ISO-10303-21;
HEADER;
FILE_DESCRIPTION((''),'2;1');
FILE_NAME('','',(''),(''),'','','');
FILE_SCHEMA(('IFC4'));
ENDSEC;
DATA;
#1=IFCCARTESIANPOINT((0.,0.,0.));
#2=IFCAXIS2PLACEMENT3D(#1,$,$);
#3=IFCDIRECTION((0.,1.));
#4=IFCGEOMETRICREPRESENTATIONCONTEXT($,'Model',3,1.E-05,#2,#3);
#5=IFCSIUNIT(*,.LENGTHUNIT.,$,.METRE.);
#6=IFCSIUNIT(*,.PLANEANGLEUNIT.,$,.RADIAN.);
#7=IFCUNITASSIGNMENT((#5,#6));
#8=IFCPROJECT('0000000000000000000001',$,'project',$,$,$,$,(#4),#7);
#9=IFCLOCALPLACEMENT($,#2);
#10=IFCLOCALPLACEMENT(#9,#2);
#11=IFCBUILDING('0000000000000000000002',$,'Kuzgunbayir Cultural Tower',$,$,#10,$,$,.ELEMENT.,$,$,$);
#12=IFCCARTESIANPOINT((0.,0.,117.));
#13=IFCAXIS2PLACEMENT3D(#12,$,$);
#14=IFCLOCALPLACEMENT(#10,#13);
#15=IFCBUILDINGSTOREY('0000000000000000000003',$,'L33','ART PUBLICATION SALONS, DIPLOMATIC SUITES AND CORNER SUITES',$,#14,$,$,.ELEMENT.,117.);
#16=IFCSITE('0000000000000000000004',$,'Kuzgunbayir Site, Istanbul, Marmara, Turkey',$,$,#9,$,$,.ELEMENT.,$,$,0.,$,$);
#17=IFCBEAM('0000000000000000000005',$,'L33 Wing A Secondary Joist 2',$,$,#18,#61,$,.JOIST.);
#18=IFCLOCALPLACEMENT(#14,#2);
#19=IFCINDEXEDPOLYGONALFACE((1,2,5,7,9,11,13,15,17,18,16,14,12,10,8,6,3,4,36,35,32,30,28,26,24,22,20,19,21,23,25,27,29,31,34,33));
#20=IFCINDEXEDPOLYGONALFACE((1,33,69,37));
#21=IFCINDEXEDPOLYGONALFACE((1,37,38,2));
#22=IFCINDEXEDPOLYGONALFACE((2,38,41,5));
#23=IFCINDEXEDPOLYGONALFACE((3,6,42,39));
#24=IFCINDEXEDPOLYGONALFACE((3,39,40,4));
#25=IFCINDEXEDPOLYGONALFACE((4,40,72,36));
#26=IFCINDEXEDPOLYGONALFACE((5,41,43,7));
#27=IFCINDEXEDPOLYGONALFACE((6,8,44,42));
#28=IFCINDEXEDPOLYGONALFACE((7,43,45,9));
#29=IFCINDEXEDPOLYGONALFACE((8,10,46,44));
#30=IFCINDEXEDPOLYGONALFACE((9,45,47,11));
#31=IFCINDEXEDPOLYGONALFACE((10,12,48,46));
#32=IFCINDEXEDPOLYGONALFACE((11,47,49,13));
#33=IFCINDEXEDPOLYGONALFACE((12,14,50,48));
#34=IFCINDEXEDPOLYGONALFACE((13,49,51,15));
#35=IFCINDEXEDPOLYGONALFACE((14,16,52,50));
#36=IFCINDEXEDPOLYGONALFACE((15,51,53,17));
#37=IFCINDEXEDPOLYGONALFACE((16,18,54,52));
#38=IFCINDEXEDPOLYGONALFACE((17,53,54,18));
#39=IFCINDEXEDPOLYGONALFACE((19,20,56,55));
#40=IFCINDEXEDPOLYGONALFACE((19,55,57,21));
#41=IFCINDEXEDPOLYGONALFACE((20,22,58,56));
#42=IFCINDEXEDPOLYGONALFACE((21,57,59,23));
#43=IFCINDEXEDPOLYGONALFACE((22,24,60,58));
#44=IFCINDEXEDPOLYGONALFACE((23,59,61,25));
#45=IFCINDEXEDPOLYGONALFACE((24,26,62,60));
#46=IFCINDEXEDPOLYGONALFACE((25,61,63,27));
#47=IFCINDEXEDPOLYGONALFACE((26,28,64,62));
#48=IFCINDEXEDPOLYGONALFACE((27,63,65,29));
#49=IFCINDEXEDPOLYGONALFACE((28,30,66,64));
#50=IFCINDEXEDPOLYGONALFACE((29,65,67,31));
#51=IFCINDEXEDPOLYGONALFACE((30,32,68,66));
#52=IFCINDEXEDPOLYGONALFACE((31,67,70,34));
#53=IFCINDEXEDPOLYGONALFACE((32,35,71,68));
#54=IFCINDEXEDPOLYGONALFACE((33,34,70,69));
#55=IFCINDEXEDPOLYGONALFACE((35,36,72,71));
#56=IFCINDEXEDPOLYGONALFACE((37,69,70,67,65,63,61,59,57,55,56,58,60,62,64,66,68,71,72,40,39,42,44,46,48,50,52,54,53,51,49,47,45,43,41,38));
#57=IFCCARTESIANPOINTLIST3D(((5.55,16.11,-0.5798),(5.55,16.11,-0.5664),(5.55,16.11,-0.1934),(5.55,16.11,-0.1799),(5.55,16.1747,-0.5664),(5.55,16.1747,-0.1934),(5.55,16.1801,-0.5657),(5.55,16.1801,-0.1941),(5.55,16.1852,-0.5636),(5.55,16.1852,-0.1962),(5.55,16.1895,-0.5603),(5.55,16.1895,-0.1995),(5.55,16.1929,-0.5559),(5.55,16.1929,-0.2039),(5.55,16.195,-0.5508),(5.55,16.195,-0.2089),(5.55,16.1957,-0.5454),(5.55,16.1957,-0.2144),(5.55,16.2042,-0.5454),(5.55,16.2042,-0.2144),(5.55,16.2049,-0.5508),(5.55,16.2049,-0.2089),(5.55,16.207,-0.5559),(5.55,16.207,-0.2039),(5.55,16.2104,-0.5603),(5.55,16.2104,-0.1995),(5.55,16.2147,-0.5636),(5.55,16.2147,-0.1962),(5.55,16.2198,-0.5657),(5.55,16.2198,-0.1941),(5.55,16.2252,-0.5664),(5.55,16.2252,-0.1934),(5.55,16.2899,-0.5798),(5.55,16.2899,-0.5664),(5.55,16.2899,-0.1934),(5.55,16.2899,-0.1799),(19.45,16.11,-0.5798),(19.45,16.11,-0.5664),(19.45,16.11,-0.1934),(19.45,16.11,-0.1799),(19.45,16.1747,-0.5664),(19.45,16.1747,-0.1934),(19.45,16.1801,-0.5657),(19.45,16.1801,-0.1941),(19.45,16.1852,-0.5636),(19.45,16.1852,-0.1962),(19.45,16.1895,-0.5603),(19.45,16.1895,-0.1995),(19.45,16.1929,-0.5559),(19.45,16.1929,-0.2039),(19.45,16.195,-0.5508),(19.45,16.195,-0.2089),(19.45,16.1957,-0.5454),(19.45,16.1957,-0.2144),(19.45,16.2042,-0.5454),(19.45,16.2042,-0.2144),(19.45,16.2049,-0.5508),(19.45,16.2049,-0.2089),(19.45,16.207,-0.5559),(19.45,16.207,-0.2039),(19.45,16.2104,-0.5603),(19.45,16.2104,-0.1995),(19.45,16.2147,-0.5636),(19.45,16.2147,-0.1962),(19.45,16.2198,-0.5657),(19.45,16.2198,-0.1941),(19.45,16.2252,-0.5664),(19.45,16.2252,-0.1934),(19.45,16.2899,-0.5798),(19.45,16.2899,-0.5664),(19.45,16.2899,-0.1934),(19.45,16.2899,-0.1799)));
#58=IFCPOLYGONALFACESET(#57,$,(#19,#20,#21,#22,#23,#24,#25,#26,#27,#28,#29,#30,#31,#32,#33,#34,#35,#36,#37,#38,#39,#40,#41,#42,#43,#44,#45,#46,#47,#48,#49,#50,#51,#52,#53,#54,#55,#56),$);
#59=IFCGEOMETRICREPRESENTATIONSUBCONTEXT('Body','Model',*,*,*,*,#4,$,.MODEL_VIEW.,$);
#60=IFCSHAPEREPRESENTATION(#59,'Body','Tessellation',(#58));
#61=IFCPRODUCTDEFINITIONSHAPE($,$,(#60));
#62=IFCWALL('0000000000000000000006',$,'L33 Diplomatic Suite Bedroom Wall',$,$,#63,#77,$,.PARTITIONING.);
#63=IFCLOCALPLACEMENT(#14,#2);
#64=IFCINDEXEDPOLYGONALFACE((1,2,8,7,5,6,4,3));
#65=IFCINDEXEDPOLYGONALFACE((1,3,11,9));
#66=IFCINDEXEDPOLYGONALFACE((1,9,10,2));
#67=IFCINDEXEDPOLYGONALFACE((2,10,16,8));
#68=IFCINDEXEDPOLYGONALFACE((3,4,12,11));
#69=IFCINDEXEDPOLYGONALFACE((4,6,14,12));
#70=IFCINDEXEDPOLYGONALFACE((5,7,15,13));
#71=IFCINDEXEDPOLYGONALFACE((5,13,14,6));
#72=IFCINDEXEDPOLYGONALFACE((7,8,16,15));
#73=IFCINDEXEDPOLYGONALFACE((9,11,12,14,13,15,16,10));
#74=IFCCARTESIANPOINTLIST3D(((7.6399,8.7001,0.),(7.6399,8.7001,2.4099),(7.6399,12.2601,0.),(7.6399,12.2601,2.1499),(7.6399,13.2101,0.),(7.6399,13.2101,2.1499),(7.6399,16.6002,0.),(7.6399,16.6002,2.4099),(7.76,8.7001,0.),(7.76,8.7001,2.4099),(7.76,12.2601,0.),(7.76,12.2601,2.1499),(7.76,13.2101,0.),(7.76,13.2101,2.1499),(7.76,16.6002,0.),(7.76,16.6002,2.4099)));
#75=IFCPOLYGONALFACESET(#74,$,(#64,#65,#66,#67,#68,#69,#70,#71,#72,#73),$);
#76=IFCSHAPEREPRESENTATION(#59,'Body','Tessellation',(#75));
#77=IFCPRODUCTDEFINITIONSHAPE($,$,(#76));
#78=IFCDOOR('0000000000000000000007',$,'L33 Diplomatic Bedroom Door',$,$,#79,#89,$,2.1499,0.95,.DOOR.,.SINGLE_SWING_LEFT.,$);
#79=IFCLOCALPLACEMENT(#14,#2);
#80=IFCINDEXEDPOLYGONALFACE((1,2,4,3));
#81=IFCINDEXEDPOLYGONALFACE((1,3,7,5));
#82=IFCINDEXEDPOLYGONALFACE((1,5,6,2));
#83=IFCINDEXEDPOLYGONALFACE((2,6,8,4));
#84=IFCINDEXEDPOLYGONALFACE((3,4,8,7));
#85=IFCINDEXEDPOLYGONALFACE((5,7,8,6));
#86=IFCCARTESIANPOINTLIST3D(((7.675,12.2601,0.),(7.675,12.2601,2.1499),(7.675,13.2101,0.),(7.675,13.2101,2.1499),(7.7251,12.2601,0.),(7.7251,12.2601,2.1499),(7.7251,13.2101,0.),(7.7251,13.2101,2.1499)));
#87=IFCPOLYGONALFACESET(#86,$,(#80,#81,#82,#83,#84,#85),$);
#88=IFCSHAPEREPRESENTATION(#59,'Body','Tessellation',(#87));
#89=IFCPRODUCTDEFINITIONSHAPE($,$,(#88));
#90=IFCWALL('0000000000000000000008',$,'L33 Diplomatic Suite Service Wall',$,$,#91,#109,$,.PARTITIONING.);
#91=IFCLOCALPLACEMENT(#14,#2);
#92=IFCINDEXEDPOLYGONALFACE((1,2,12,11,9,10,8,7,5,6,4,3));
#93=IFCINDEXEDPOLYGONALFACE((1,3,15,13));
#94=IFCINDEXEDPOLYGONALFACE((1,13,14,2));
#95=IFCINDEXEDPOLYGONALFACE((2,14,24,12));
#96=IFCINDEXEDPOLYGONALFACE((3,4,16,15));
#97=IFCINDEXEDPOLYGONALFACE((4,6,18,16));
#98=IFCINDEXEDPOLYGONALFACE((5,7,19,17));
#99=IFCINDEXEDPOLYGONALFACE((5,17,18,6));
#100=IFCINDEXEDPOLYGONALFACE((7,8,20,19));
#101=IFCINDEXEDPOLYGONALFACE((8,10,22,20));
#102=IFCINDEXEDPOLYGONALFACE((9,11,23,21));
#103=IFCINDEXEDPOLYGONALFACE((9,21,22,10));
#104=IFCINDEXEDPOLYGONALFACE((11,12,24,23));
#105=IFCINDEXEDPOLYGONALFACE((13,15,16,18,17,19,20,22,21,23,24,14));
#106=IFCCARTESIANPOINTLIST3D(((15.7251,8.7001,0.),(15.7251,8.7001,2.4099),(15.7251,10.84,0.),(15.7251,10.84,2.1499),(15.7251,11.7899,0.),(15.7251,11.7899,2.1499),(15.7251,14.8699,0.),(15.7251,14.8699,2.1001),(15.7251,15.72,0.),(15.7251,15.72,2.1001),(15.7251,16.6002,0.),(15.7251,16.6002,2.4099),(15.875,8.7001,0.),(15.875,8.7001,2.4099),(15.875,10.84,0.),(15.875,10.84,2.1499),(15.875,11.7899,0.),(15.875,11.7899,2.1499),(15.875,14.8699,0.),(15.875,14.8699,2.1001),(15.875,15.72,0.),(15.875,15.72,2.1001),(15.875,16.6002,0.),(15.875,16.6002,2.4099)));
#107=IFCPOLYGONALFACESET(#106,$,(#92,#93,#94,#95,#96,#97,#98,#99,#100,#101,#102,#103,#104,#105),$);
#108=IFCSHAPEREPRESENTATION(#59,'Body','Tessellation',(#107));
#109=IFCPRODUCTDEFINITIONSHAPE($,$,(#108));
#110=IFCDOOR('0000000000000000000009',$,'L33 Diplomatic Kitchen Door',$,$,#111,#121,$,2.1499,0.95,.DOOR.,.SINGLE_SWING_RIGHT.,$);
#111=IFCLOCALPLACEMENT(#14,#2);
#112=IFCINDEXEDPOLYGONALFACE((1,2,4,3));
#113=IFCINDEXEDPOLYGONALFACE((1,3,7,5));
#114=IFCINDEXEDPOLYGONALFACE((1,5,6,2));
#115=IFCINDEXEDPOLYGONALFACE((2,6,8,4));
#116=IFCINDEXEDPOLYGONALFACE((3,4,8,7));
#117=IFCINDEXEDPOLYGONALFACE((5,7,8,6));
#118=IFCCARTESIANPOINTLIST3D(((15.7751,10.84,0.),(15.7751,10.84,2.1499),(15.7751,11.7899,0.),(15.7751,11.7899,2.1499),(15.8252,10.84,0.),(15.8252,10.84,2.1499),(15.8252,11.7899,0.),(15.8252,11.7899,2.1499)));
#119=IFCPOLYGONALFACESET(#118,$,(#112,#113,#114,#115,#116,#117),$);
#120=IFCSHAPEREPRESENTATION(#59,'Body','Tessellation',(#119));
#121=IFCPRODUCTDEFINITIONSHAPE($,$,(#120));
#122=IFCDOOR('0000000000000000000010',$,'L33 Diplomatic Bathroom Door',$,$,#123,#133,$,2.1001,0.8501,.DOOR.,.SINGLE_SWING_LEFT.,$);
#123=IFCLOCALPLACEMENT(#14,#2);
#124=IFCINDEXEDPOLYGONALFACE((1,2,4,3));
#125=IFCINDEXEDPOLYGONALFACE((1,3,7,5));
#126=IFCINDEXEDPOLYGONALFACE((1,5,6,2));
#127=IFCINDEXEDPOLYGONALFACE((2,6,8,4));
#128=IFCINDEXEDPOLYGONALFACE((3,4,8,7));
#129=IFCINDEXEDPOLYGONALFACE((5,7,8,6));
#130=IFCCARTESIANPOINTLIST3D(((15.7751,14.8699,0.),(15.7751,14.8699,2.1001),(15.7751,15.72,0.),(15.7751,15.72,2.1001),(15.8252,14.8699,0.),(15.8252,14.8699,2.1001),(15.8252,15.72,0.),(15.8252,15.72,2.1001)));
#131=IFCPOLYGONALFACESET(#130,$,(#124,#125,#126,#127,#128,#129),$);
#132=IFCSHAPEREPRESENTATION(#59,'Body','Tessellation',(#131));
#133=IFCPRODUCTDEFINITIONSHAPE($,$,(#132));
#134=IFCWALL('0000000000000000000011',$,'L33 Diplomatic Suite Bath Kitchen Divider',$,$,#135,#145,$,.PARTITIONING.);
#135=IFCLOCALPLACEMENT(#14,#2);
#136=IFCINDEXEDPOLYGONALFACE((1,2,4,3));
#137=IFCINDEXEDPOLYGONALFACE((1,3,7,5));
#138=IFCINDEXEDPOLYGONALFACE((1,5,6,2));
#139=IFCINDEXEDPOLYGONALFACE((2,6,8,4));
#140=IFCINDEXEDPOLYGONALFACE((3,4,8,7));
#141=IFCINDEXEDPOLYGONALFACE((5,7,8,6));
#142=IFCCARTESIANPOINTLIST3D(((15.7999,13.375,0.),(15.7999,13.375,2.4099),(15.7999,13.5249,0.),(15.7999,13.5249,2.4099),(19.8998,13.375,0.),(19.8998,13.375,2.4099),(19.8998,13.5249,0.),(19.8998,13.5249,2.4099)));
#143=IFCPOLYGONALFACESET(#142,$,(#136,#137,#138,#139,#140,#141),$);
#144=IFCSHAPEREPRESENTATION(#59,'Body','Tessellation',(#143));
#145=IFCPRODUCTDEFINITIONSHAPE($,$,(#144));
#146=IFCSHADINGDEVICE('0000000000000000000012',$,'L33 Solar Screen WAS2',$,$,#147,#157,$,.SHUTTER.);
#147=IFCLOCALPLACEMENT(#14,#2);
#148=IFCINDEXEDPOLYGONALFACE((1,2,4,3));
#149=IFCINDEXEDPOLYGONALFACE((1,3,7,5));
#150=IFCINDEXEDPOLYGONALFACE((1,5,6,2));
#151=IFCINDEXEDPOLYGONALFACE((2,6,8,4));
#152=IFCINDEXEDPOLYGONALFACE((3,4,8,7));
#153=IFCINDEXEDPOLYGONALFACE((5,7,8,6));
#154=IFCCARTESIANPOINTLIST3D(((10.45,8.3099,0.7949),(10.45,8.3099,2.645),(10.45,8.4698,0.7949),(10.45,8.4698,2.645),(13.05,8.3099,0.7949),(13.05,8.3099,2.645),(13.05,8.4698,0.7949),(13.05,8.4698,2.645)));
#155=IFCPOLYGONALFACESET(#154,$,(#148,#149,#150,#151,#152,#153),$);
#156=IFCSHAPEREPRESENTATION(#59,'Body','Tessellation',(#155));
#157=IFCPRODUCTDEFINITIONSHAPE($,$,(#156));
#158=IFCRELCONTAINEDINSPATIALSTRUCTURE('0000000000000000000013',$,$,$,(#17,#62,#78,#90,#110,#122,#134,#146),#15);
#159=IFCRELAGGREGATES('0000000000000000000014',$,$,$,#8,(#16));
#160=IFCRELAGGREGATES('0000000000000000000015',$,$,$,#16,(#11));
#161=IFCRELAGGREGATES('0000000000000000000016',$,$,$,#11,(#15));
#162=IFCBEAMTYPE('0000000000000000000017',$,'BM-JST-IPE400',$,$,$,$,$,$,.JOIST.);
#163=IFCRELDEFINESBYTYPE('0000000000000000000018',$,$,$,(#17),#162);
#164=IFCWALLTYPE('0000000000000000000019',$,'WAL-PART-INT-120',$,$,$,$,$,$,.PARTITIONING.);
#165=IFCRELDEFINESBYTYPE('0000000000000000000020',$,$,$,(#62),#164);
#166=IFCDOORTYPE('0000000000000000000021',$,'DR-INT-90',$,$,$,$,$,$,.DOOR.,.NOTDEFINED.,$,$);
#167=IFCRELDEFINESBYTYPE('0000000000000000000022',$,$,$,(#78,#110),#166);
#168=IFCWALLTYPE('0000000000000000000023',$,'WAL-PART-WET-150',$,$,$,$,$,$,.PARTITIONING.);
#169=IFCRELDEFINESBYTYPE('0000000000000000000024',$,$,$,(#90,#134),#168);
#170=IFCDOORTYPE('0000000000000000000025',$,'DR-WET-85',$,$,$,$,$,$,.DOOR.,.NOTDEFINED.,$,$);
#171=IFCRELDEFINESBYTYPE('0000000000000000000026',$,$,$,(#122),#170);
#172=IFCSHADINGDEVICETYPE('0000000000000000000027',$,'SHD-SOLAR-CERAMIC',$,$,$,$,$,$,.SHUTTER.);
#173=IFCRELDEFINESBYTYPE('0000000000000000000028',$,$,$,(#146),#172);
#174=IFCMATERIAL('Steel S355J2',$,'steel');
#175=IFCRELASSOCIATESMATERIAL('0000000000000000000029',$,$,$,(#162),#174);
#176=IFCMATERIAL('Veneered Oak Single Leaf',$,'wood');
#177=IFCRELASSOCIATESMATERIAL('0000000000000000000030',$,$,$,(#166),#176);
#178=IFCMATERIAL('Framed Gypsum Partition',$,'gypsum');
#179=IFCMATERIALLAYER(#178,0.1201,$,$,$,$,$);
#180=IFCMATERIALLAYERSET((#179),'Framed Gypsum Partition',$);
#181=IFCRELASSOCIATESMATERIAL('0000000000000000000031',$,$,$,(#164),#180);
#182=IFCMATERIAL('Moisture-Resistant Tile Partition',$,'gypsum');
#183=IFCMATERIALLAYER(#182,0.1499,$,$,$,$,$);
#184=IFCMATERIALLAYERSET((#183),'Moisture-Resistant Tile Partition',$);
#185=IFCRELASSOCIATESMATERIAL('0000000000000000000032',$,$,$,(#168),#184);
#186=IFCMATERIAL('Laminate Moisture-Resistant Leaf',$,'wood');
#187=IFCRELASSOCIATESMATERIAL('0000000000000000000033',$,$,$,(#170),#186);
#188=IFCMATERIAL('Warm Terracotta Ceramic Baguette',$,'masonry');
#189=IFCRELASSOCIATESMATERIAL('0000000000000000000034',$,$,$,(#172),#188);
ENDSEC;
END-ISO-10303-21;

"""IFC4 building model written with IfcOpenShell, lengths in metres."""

from ifc_helpers import new_model, si_unit, direction, frame, frame_2d, origin, origin_2d, place, context, subcontext, project, spatial, rectangle, i_section, extrude, material, layer, layer_set, material_profile, profile_set, type_object, element, fill, save


model = new_model("IFC4")

# Units and contexts
model_context = context("Model", 3, precision=1e-05, world=origin(), true_north=direction((0.0, 1.0)))
body_context = subcontext(model_context, "Body", "Model", "MODEL_VIEW")
ifc_project = project(units=[si_unit("LENGTHUNIT", "METRE"), si_unit("PLANEANGLEUNIT", "RADIAN")], contexts=[model_context])

# Site, building, storey
site_placement = place(None, origin())
site = spatial("IfcSite", under=ifc_project, at=site_placement, Name="Kuzgunbayir Site, Istanbul, Marmara, Turkey", CompositionType="ELEMENT", RefElevation=0.0)
building_placement = place(site_placement, origin())
building = spatial("IfcBuilding", under=site, at=building_placement, Name="Kuzgunbayir Cultural Tower", CompositionType="ELEMENT")
storey_placement = place(building_placement, frame((0.0, 0.0, 117.0)))
storey = spatial("IfcBuildingStorey", under=building, at=storey_placement, Name="L33", Description="ART PUBLICATION SALONS, DIPLOMATIC SUITES AND CORNER SUITES", CompositionType="ELEMENT", Elevation=117.0)

# Beam
ifc_material_1 = material(Name="Steel S355J2", Category="steel")
ifc_material_profile_1 = material_profile(ifc_material_1, i_section(OverallWidth=0.1799, OverallDepth=0.3999, WebThickness=0.0085, FlangeThickness=0.0134, FilletRadius=0.021, at=origin_2d()), Name="IPE 400")
ifc_profile_set_1 = profile_set([ifc_material_profile_1], Name="Steel S355J2")
beam_type_1 = type_object("IfcBeamType", Name="BM-JST-IPE400", PredefinedType="JOIST", material=ifc_profile_set_1)
for number, where, z_axis, x_axis, name in (
    (1, (5.55, 16.2, -0.3799), (1.0, 0.0, 0.0), (0.0, 1.0, 0.0), "L33 Wing A Secondary Joist 2"),
):
    element("IfcBeam", number, at=place(storey_placement, frame(where, z_axis=z_axis, x_axis=x_axis)), inside=storey, type_object=beam_type_1, Name=name, PredefinedType="JOIST", context=body_context, shape_type="SweptSolid", body=[
        extrude(i_section(OverallWidth=0.1799, OverallDepth=0.3999, WebThickness=0.0085, FlangeThickness=0.0134, FilletRadius=0.021, at=origin_2d()), origin(), (0.0, 0.0, 1.0), 13.8999),
    ])

# Shared definitions
ifc_material_2 = material(Name="Veneered Oak Single Leaf", Category="wood")
door_type_1 = type_object("IfcDoorType", Name="DR-INT-90", OperationType="NOTDEFINED", PredefinedType="DOOR", material=ifc_material_2)
ifc_material_3 = material(Name="Laminate Moisture-Resistant Leaf", Category="wood")

# Wall, opening, door
ifc_material_4 = material(Name="Framed Gypsum Partition", Category="gypsum")
ifc_layer_1 = layer(ifc_material_4, 0.1201)
ifc_layer_set_1 = layer_set([ifc_layer_1], Name="Framed Gypsum Partition")
wall_type_1 = type_object("IfcWallType", Name="WAL-PART-INT-120", PredefinedType="PARTITIONING", material=ifc_layer_set_1)
wall_1_placement = place(storey_placement, frame((7.7, 8.7, 0.0), z_axis=(0.0, 0.0, 1.0), x_axis=(0.0, 1.0, 0.0)))
wall_1 = element("IfcWall", 2, at=wall_1_placement, inside=storey, type_object=wall_type_1, Name="L33 Diplomatic Suite Bedroom Wall", PredefinedType="PARTITIONING", context=body_context, shape_type="SweptSolid", body=[
    extrude(rectangle(XDim=7.9001, YDim=0.1201, at=frame_2d((3.9502, 0.0))), origin(), (0.0, 0.0, 1.0), 2.4099),
])
opening_1_placement = place(wall_1_placement, frame((3.5601, 0.0, 0.0)))
opening_1 = element("IfcOpeningElement", 3, at=opening_1_placement, cuts=wall_1, PredefinedType="OPENING", context=body_context, shape_type="SweptSolid", body=[
    extrude(rectangle(XDim=0.95, YDim=2.1499, at=frame_2d((0.4751, 1.075))), frame((0.0, 0.0701, 0.0), z_axis=(0.0, -1.0, 0.0), x_axis=(1.0, 0.0, 0.0)), (0.0, 0.0, 1.0), 0.1401),
])
door_1_placement = place(opening_1_placement, origin())
door_1 = element("IfcDoor", 4, at=door_1_placement, inside=storey, type_object=door_type_1, Name="L33 Diplomatic Bedroom Door", OperationType="SINGLE_SWING_LEFT", OverallHeight=2.1499, OverallWidth=0.95, PredefinedType="DOOR", context=body_context, shape_type="SweptSolid", body=[
    extrude(rectangle(XDim=0.95, YDim=2.1499, at=frame_2d((0.4751, 1.075))), frame((0.0, 0.0249, 0.0), z_axis=(0.0, -1.0, 0.0), x_axis=(1.0, 0.0, 0.0)), (0.0, 0.0, 1.0), 0.05),
])
fill(opening_1, door_1)

# Wall, openings, doors
ifc_material_5 = material(Name="Moisture-Resistant Tile Partition", Category="gypsum")
ifc_layer_2 = layer(ifc_material_5, 0.1499)
ifc_layer_set_2 = layer_set([ifc_layer_2], Name="Moisture-Resistant Tile Partition")
wall_type_2 = type_object("IfcWallType", Name="WAL-PART-WET-150", PredefinedType="PARTITIONING", material=ifc_layer_set_2)
wall_2_placement = place(storey_placement, frame((15.8, 8.7, 0.0), z_axis=(0.0, 0.0, 1.0), x_axis=(0.0, 1.0, 0.0)))
wall_2 = element("IfcWall", 5, at=wall_2_placement, inside=storey, type_object=wall_type_2, Name="L33 Diplomatic Suite Service Wall", PredefinedType="PARTITIONING", context=body_context, shape_type="SweptSolid", body=[
    extrude(rectangle(XDim=7.9001, YDim=0.1499, at=frame_2d((3.9502, 0.0))), origin(), (0.0, 0.0, 1.0), 2.4099),
])
opening_2_placement = place(wall_2_placement, frame((2.1399, 0.0, 0.0)))
opening_2 = element("IfcOpeningElement", 6, at=opening_2_placement, cuts=wall_2, PredefinedType="OPENING", context=body_context, shape_type="SweptSolid", body=[
    extrude(rectangle(XDim=0.95, YDim=2.1499, at=frame_2d((0.4751, 1.075))), frame((0.0, 0.085, 0.0), z_axis=(0.0, -1.0, 0.0), x_axis=(1.0, 0.0, 0.0)), (0.0, 0.0, 1.0), 0.1699),
])
opening_3_placement = place(wall_2_placement, frame((6.1699, 0.0, 0.0)))
opening_3 = element("IfcOpeningElement", 7, at=opening_3_placement, cuts=wall_2, PredefinedType="OPENING", context=body_context, shape_type="SweptSolid", body=[
    extrude(rectangle(XDim=0.8501, YDim=2.1001, at=frame_2d((0.425, 1.05))), frame((0.0, 0.085, 0.0), z_axis=(0.0, -1.0, 0.0), x_axis=(1.0, 0.0, 0.0)), (0.0, 0.0, 1.0), 0.1699),
])
door_2_placement = place(opening_2_placement, origin())
door_2 = element("IfcDoor", 8, at=door_2_placement, inside=storey, type_object=door_type_1, Name="L33 Diplomatic Kitchen Door", OperationType="SINGLE_SWING_RIGHT", OverallHeight=2.1499, OverallWidth=0.95, PredefinedType="DOOR", context=body_context, shape_type="SweptSolid", body=[
    extrude(rectangle(XDim=0.95, YDim=2.1499, at=frame_2d((0.4751, 1.075))), frame((0.0, 0.0249, 0.0), z_axis=(0.0, -1.0, 0.0), x_axis=(1.0, 0.0, 0.0)), (0.0, 0.0, 1.0), 0.05),
])
fill(opening_2, door_2)
door_type_2 = type_object("IfcDoorType", Name="DR-WET-85", OperationType="NOTDEFINED", PredefinedType="DOOR", material=ifc_material_3)
door_3_placement = place(opening_3_placement, origin())
door_3 = element("IfcDoor", 9, at=door_3_placement, inside=storey, type_object=door_type_2, Name="L33 Diplomatic Bathroom Door", OperationType="SINGLE_SWING_LEFT", OverallHeight=2.1001, OverallWidth=0.8501, PredefinedType="DOOR", context=body_context, shape_type="SweptSolid", body=[
    extrude(rectangle(XDim=0.8501, YDim=2.1001, at=frame_2d((0.425, 1.05))), frame((0.0, 0.0249, 0.0), z_axis=(0.0, -1.0, 0.0), x_axis=(1.0, 0.0, 0.0)), (0.0, 0.0, 1.0), 0.05),
])
fill(opening_3, door_3)

# Wall
wall_3_placement = place(storey_placement, frame((15.8, 13.45, 0.0), z_axis=(0.0, 0.0, 1.0), x_axis=(1.0, 0.0, 0.0)))
element("IfcWall", 10, at=wall_3_placement, inside=storey, type_object=wall_type_2, Name="L33 Diplomatic Suite Bath Kitchen Divider", PredefinedType="PARTITIONING", context=body_context, shape_type="SweptSolid", body=[
    extrude(rectangle(XDim=4.0999, YDim=0.1499, at=frame_2d((2.0498, 0.0))), origin(), (0.0, 0.0, 1.0), 2.4099),
])

# Shading device
ifc_material_6 = material(Name="Warm Terracotta Ceramic Baguette", Category="masonry")
shading_device_type = type_object("IfcShadingDeviceType", Name="SHD-SOLAR-CERAMIC", PredefinedType="SHUTTER", material=ifc_material_6)
shading_device_placement = place(storey_placement, frame((11.75, 8.3899, 0.7949), z_axis=(0.0, 0.0, 1.0), x_axis=(1.0, 0.0, 0.0)))
element("IfcShadingDevice", 11, at=shading_device_placement, inside=storey, type_object=shading_device_type, Name="L33 Solar Screen WAS2", PredefinedType="SHUTTER", context=body_context, shape_type="SweptSolid", body=[
    extrude(rectangle(XDim=2.6001, YDim=0.1599, at=origin_2d()), origin(), (0.0, 0.0, 1.0), 1.8501),
])

save(model, "model.ifc")
